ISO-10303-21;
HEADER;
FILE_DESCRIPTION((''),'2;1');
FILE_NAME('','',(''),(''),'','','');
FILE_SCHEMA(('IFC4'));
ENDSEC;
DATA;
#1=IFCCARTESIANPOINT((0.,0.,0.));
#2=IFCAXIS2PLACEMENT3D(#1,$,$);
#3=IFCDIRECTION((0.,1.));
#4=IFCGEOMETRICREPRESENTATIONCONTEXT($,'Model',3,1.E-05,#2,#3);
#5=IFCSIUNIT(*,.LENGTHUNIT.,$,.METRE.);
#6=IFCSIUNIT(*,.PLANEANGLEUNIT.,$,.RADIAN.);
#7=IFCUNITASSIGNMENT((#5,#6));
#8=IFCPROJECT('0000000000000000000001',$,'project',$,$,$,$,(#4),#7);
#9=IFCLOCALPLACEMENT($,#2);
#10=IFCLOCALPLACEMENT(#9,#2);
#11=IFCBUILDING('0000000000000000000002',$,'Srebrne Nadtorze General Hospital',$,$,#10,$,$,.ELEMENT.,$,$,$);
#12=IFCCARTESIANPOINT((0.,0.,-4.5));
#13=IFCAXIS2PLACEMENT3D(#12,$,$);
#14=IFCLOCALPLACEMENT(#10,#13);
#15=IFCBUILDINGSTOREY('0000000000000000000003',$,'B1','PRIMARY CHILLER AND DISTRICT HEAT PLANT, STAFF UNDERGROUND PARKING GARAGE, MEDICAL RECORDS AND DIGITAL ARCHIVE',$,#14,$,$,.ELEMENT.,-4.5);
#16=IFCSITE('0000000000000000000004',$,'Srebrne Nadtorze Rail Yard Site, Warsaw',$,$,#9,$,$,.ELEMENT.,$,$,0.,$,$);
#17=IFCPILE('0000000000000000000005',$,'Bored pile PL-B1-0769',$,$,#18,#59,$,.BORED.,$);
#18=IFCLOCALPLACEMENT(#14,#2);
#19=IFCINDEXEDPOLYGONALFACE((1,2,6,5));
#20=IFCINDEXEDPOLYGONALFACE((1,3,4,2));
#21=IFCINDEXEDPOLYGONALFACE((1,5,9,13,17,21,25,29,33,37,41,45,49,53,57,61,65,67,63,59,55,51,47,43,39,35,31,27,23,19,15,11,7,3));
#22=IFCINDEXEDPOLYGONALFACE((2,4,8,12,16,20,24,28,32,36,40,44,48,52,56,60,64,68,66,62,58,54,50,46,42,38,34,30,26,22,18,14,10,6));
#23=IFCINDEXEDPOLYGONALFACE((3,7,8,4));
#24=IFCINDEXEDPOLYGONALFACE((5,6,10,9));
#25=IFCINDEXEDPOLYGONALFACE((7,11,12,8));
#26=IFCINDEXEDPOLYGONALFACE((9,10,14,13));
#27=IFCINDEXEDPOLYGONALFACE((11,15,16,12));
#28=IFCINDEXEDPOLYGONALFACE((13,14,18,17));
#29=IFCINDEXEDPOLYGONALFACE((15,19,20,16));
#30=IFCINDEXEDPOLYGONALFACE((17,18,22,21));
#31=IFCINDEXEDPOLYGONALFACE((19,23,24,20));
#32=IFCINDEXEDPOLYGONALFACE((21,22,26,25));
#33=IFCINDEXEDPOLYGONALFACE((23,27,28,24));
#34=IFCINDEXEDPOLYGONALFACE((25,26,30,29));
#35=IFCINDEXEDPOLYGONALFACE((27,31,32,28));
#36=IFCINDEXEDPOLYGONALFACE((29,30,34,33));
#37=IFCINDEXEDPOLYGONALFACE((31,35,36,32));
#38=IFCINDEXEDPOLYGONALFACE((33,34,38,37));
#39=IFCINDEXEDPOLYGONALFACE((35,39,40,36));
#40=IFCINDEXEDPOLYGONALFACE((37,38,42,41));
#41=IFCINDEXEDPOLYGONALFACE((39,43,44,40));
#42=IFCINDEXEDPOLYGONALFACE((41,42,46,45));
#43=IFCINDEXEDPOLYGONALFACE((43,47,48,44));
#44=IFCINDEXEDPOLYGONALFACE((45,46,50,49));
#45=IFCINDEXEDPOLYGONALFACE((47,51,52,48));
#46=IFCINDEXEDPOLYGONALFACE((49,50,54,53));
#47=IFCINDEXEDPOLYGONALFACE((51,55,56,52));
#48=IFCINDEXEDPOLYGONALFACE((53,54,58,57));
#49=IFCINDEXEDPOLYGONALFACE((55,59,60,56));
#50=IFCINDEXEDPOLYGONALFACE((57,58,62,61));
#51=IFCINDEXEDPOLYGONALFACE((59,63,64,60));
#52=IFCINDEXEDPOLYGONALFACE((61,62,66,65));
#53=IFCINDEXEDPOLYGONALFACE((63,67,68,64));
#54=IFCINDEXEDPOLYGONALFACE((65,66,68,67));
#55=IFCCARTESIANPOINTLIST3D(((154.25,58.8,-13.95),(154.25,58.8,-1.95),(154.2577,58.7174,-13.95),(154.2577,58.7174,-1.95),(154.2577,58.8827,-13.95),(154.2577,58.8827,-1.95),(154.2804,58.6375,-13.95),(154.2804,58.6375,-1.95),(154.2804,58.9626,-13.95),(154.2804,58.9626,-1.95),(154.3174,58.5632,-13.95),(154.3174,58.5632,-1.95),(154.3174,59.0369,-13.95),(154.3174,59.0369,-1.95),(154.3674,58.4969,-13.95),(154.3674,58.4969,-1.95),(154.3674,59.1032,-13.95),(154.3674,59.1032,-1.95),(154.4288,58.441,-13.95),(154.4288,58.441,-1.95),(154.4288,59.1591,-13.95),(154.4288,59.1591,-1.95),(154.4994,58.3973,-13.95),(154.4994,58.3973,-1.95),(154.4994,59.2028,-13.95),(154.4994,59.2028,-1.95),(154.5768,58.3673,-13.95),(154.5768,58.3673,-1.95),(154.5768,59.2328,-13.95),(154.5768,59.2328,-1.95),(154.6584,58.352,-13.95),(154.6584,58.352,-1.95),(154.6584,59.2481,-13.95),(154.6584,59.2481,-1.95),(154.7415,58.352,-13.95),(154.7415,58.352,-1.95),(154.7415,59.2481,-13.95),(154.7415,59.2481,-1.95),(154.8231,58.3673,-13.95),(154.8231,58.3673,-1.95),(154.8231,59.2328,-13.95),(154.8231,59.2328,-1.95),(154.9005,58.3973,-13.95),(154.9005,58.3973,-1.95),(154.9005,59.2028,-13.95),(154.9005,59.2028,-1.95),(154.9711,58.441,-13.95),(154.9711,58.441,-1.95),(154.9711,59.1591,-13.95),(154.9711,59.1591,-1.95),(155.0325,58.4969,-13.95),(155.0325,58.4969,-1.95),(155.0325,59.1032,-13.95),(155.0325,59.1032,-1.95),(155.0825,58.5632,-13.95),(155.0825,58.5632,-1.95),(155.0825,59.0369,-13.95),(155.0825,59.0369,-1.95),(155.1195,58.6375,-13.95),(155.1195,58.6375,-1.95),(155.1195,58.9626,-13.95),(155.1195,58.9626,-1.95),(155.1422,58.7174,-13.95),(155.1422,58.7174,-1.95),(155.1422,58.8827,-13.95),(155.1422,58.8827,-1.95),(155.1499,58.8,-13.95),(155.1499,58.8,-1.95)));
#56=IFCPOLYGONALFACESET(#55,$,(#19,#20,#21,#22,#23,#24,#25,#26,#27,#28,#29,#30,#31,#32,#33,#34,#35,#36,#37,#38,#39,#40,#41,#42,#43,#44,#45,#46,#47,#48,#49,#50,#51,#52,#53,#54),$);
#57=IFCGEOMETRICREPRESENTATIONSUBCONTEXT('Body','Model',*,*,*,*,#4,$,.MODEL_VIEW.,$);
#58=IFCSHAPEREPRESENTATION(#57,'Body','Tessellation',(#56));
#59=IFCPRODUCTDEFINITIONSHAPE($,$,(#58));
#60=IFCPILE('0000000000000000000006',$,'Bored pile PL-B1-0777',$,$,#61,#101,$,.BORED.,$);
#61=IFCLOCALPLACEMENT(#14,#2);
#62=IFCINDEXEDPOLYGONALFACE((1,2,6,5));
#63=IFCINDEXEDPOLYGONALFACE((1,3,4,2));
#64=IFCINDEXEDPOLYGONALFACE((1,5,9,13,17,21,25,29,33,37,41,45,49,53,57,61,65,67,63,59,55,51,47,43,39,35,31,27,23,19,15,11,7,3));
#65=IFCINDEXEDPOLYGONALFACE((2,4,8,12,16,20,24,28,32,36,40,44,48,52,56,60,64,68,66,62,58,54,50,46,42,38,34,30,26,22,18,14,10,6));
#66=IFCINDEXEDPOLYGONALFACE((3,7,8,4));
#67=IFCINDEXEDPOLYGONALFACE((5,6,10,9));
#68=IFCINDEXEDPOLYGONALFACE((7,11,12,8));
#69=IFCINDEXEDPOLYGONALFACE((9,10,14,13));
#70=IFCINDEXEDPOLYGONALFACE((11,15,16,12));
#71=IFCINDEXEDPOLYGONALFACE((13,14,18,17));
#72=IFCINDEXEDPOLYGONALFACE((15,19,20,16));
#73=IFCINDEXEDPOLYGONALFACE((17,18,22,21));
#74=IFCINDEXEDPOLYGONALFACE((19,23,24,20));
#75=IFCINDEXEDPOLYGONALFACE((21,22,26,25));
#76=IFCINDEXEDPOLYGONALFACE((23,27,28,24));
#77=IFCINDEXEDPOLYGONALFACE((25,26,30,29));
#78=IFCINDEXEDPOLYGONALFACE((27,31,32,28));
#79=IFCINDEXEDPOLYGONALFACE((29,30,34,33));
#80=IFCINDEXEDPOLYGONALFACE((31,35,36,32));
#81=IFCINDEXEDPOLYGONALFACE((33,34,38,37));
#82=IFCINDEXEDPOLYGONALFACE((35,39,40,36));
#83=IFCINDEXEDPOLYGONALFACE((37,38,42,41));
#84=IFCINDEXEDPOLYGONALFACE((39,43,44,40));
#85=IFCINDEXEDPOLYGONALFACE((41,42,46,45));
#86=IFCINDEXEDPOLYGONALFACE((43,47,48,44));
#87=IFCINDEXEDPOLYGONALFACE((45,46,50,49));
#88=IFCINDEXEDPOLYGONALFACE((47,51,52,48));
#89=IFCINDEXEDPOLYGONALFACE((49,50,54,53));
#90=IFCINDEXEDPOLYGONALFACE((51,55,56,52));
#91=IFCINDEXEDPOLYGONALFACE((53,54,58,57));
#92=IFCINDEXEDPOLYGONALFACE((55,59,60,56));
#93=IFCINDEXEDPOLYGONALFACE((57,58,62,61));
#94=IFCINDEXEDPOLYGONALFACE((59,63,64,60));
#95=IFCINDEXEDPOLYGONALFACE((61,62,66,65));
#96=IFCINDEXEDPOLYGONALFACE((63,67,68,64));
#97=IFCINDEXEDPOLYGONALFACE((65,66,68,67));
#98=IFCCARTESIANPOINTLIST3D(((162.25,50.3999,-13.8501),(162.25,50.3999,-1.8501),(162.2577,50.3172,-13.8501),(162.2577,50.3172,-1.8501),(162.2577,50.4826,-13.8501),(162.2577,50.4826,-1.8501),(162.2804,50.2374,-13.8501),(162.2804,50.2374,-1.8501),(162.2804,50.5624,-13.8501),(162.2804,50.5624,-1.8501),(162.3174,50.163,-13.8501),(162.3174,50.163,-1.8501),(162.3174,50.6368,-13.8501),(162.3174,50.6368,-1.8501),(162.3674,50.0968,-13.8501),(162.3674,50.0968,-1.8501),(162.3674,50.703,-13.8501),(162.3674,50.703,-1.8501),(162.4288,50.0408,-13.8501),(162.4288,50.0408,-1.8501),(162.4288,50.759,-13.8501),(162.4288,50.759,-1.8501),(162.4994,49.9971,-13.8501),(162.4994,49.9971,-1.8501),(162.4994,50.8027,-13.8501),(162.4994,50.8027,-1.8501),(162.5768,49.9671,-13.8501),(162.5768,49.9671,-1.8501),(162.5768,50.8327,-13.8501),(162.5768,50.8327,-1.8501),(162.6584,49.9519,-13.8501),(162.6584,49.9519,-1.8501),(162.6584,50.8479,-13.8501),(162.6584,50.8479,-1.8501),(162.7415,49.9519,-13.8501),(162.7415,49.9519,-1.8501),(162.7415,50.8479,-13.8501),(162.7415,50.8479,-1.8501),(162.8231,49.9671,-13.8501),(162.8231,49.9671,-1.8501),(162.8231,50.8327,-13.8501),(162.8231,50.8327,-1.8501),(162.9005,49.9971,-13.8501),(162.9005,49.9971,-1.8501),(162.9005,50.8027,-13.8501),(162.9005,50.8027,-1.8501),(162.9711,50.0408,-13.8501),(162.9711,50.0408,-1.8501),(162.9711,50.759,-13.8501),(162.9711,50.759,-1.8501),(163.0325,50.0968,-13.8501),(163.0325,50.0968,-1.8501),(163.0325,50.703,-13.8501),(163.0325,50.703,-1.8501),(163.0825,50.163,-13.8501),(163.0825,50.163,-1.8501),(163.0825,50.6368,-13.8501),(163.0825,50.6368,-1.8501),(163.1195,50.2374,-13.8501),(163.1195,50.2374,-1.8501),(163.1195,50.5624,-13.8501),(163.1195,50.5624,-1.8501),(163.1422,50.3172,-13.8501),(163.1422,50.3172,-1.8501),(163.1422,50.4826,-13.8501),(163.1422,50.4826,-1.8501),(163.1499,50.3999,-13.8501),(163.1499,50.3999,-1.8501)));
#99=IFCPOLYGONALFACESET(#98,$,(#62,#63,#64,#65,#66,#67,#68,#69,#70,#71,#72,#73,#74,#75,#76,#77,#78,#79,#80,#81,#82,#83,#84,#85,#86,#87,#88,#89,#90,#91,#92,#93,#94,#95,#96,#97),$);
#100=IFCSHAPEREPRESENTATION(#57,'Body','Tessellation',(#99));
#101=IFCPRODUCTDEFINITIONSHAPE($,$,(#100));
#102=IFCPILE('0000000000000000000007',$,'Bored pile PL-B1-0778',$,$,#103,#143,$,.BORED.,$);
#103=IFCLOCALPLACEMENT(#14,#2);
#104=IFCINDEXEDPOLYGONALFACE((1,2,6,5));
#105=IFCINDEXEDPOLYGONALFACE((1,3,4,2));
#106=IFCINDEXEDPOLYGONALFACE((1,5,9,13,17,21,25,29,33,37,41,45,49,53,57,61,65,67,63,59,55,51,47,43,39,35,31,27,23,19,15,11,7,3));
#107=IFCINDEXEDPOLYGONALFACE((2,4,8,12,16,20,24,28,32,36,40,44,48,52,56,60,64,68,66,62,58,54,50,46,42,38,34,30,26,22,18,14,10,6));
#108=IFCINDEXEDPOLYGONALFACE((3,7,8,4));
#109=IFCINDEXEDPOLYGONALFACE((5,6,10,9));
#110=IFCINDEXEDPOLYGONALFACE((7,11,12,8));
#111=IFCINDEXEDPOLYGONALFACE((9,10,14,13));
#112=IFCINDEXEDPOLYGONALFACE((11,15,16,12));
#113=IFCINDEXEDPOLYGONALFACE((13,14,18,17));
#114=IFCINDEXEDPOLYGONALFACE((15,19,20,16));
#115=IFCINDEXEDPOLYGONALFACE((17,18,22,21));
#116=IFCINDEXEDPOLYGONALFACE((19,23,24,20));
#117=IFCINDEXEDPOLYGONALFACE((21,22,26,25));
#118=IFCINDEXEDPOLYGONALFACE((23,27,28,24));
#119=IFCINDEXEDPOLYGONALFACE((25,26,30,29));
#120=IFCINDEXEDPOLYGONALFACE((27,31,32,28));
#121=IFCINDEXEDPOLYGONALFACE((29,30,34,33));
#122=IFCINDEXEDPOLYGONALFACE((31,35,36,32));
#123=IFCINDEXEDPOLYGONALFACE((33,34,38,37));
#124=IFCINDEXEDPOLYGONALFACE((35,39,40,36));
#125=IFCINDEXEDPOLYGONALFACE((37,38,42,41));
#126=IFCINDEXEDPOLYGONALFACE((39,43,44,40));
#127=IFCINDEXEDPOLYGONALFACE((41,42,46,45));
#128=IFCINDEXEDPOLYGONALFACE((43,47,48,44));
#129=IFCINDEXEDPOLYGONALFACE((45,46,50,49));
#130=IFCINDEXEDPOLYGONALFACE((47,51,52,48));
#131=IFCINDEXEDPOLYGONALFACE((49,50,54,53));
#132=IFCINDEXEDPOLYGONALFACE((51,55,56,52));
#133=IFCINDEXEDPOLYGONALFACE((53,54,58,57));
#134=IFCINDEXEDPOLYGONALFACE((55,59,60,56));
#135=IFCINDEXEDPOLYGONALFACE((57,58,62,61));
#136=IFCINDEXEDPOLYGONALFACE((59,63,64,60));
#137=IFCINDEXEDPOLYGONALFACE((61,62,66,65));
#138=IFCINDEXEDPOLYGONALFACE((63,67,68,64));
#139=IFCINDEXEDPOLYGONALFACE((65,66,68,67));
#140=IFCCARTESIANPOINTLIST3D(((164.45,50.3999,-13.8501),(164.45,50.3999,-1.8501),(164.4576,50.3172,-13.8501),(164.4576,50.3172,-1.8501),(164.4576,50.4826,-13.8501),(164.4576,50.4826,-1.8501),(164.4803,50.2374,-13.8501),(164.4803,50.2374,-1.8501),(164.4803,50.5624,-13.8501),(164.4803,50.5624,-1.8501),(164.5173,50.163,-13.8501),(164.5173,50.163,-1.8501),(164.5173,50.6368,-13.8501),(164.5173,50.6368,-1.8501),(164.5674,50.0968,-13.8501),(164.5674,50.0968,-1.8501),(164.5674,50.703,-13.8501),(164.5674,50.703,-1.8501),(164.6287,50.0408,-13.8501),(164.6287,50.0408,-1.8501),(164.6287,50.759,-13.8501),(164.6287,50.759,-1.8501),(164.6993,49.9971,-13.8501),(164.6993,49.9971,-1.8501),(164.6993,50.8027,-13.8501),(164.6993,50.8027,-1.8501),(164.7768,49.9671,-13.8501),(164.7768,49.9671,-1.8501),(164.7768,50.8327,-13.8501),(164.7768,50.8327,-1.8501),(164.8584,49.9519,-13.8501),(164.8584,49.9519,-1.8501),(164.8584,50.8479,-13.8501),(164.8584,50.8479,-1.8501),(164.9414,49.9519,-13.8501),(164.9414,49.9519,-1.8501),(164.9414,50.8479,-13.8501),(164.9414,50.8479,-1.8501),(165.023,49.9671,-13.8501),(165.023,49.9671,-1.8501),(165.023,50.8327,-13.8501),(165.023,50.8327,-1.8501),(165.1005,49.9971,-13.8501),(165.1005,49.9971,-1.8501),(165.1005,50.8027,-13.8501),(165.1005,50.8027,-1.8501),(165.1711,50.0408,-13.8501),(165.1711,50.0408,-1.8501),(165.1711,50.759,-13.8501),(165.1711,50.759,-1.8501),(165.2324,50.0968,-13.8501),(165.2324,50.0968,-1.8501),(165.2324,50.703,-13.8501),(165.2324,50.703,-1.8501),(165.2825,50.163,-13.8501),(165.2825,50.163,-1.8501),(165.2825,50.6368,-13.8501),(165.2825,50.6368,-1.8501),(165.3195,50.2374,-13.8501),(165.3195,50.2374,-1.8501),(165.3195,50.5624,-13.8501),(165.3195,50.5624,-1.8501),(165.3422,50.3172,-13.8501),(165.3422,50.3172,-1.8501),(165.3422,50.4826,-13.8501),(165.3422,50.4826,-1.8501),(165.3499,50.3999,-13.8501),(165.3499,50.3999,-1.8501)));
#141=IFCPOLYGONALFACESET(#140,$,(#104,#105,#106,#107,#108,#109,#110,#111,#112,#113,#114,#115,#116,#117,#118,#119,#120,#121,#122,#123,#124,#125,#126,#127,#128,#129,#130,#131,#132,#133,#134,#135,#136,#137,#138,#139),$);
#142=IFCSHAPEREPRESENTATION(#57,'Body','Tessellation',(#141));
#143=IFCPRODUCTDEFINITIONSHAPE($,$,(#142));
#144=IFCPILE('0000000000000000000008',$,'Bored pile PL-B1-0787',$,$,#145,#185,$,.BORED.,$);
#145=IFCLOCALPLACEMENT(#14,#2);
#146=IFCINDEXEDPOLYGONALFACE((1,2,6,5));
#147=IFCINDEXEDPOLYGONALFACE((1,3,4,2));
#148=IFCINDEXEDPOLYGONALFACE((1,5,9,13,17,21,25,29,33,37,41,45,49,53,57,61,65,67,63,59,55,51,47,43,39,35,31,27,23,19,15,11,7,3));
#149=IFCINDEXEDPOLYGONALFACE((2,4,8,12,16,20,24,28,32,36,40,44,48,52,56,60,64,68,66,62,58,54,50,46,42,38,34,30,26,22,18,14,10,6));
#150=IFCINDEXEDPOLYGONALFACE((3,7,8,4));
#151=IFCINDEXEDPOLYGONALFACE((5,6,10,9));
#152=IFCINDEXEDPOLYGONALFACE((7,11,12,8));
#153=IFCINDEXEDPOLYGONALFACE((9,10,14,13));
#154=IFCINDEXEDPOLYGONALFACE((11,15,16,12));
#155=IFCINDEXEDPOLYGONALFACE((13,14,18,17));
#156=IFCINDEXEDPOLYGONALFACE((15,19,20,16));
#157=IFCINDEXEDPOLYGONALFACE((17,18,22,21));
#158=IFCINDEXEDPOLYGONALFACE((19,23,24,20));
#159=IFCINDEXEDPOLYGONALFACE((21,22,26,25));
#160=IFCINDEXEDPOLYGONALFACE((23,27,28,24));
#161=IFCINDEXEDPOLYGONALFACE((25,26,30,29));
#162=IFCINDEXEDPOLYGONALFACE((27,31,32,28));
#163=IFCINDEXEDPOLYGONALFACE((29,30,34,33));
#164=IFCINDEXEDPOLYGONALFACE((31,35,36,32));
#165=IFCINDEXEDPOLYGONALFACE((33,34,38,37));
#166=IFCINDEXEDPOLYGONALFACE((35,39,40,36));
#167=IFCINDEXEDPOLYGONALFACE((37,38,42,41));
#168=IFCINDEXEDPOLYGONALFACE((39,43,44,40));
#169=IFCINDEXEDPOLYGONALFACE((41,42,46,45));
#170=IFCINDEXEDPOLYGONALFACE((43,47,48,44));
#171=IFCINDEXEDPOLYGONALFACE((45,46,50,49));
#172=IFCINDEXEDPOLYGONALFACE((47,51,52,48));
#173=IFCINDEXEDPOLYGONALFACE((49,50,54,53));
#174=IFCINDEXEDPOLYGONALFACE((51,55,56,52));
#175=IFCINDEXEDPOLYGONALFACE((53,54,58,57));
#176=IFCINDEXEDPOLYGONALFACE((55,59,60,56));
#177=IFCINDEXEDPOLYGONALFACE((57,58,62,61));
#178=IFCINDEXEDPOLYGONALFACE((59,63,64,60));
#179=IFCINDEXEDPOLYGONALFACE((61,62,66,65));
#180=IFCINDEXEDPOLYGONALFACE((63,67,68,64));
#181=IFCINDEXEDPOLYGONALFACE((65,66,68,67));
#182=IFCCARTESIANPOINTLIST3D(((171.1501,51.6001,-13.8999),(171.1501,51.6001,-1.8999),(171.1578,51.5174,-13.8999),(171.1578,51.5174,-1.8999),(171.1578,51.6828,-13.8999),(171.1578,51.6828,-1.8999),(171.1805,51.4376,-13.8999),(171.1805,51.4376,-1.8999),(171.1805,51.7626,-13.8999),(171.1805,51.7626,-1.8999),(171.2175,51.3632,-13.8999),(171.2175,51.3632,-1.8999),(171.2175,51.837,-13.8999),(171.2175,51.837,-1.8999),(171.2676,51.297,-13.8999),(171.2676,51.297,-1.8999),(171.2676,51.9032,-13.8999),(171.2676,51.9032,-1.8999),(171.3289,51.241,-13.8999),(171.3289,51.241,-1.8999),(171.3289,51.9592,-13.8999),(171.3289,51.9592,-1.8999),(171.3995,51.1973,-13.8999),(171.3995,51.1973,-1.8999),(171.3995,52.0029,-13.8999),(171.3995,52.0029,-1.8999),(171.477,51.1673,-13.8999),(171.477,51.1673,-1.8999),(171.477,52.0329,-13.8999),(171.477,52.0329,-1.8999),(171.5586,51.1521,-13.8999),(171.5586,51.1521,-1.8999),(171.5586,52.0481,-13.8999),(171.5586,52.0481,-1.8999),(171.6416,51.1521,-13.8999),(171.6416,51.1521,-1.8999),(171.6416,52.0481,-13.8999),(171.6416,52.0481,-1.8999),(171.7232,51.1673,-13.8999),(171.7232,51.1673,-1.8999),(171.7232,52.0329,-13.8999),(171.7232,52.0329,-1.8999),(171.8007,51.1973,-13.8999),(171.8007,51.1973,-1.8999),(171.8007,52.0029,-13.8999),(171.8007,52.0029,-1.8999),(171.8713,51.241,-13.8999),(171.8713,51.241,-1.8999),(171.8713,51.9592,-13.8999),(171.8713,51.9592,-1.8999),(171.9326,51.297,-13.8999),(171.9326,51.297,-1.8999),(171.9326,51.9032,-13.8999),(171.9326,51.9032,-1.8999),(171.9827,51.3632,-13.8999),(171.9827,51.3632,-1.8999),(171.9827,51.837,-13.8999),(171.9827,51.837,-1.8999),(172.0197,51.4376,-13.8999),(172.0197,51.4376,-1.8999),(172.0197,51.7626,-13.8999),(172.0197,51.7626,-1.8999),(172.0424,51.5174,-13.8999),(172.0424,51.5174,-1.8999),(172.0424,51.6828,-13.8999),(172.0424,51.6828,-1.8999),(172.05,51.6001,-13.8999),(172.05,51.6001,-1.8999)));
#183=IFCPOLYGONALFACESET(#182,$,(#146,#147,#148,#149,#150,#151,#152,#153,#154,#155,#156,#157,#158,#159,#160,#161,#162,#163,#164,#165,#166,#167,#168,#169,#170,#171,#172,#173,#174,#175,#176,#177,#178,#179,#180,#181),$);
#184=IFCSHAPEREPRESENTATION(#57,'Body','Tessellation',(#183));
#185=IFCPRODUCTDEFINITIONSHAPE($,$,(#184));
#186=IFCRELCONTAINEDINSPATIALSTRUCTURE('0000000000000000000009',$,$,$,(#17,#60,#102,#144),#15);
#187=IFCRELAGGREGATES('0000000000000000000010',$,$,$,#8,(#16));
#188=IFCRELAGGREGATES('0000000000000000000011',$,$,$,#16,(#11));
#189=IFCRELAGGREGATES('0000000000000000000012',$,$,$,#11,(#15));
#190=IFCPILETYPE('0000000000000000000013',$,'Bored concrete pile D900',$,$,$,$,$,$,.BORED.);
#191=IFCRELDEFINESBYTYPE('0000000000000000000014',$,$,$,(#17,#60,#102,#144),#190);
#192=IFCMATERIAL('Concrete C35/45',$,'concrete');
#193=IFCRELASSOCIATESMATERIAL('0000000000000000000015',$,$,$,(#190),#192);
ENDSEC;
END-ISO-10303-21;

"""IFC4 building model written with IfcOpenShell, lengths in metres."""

from ifc_helpers import new_model, si_unit, direction, frame, origin, origin_2d, place, context, subcontext, project, spatial, circle, extrude, material, material_profile, profile_set, type_object, element, save


model = new_model("IFC4")

# Units and contexts
model_context = context("Model", 3, precision=1e-05, world=origin(), true_north=direction((0.0, 1.0)))
body_context = subcontext(model_context, "Body", "Model", "MODEL_VIEW")
ifc_project = project(units=[si_unit("LENGTHUNIT", "METRE"), si_unit("PLANEANGLEUNIT", "RADIAN")], contexts=[model_context])

# Site, building, storey
site_placement = place(None, origin())
site = spatial("IfcSite", under=ifc_project, at=site_placement, Name="Srebrne Nadtorze Rail Yard Site, Warsaw", CompositionType="ELEMENT", RefElevation=0.0)
building_placement = place(site_placement, origin())
building = spatial("IfcBuilding", under=site, at=building_placement, Name="Srebrne Nadtorze General Hospital", CompositionType="ELEMENT")
storey_placement = place(building_placement, frame((0.0, 0.0, -4.5)))
storey = spatial("IfcBuildingStorey", under=building, at=storey_placement, Name="B1", Description="PRIMARY CHILLER AND DISTRICT HEAT PLANT, STAFF UNDERGROUND PARKING GARAGE, MEDICAL RECORDS AND DIGITAL ARCHIVE", CompositionType="ELEMENT", Elevation=-4.5)

# Piles
ifc_material_1 = material(Name="Concrete C35/45", Category="concrete")
ifc_material_profile_1 = material_profile(ifc_material_1, circle(Radius=0.45, at=origin_2d()), Name="PILE-D900")
ifc_profile_set_1 = profile_set([ifc_material_profile_1], Name="Concrete C35/45")
pile_type_1 = type_object("IfcPileType", Name="Bored concrete pile D900", PredefinedType="BORED", material=ifc_profile_set_1)
for number, where, z_axis, x_axis, name in (
    (1, (154.7, 58.8, -1.95), (0.0, 0.0, -1.0), (1.0, 0.0, 0.0), "Bored pile PL-B1-0769"),
    (2, (162.7, 50.3999, -1.8501), (0.0, 0.0, -1.0), (1.0, 0.0, 0.0), "Bored pile PL-B1-0777"),
    (3, (164.8999, 50.3999, -1.8501), (0.0, 0.0, -1.0), (1.0, 0.0, 0.0), "Bored pile PL-B1-0778"),
    (4, (171.6001, 51.6001, -1.8999), (0.0, 0.0, -1.0), (1.0, 0.0, 0.0), "Bored pile PL-B1-0787"),
):
    element("IfcPile", number, at=place(storey_placement, frame(where, z_axis=z_axis, x_axis=x_axis)), inside=storey, type_object=pile_type_1, Name=name, PredefinedType="BORED", context=body_context, shape_type="SweptSolid", body=[
        extrude(circle(Radius=0.45, at=origin_2d()), origin(), (0.0, 0.0, 1.0), 12.0),
    ])

save(model, "model.ifc")
